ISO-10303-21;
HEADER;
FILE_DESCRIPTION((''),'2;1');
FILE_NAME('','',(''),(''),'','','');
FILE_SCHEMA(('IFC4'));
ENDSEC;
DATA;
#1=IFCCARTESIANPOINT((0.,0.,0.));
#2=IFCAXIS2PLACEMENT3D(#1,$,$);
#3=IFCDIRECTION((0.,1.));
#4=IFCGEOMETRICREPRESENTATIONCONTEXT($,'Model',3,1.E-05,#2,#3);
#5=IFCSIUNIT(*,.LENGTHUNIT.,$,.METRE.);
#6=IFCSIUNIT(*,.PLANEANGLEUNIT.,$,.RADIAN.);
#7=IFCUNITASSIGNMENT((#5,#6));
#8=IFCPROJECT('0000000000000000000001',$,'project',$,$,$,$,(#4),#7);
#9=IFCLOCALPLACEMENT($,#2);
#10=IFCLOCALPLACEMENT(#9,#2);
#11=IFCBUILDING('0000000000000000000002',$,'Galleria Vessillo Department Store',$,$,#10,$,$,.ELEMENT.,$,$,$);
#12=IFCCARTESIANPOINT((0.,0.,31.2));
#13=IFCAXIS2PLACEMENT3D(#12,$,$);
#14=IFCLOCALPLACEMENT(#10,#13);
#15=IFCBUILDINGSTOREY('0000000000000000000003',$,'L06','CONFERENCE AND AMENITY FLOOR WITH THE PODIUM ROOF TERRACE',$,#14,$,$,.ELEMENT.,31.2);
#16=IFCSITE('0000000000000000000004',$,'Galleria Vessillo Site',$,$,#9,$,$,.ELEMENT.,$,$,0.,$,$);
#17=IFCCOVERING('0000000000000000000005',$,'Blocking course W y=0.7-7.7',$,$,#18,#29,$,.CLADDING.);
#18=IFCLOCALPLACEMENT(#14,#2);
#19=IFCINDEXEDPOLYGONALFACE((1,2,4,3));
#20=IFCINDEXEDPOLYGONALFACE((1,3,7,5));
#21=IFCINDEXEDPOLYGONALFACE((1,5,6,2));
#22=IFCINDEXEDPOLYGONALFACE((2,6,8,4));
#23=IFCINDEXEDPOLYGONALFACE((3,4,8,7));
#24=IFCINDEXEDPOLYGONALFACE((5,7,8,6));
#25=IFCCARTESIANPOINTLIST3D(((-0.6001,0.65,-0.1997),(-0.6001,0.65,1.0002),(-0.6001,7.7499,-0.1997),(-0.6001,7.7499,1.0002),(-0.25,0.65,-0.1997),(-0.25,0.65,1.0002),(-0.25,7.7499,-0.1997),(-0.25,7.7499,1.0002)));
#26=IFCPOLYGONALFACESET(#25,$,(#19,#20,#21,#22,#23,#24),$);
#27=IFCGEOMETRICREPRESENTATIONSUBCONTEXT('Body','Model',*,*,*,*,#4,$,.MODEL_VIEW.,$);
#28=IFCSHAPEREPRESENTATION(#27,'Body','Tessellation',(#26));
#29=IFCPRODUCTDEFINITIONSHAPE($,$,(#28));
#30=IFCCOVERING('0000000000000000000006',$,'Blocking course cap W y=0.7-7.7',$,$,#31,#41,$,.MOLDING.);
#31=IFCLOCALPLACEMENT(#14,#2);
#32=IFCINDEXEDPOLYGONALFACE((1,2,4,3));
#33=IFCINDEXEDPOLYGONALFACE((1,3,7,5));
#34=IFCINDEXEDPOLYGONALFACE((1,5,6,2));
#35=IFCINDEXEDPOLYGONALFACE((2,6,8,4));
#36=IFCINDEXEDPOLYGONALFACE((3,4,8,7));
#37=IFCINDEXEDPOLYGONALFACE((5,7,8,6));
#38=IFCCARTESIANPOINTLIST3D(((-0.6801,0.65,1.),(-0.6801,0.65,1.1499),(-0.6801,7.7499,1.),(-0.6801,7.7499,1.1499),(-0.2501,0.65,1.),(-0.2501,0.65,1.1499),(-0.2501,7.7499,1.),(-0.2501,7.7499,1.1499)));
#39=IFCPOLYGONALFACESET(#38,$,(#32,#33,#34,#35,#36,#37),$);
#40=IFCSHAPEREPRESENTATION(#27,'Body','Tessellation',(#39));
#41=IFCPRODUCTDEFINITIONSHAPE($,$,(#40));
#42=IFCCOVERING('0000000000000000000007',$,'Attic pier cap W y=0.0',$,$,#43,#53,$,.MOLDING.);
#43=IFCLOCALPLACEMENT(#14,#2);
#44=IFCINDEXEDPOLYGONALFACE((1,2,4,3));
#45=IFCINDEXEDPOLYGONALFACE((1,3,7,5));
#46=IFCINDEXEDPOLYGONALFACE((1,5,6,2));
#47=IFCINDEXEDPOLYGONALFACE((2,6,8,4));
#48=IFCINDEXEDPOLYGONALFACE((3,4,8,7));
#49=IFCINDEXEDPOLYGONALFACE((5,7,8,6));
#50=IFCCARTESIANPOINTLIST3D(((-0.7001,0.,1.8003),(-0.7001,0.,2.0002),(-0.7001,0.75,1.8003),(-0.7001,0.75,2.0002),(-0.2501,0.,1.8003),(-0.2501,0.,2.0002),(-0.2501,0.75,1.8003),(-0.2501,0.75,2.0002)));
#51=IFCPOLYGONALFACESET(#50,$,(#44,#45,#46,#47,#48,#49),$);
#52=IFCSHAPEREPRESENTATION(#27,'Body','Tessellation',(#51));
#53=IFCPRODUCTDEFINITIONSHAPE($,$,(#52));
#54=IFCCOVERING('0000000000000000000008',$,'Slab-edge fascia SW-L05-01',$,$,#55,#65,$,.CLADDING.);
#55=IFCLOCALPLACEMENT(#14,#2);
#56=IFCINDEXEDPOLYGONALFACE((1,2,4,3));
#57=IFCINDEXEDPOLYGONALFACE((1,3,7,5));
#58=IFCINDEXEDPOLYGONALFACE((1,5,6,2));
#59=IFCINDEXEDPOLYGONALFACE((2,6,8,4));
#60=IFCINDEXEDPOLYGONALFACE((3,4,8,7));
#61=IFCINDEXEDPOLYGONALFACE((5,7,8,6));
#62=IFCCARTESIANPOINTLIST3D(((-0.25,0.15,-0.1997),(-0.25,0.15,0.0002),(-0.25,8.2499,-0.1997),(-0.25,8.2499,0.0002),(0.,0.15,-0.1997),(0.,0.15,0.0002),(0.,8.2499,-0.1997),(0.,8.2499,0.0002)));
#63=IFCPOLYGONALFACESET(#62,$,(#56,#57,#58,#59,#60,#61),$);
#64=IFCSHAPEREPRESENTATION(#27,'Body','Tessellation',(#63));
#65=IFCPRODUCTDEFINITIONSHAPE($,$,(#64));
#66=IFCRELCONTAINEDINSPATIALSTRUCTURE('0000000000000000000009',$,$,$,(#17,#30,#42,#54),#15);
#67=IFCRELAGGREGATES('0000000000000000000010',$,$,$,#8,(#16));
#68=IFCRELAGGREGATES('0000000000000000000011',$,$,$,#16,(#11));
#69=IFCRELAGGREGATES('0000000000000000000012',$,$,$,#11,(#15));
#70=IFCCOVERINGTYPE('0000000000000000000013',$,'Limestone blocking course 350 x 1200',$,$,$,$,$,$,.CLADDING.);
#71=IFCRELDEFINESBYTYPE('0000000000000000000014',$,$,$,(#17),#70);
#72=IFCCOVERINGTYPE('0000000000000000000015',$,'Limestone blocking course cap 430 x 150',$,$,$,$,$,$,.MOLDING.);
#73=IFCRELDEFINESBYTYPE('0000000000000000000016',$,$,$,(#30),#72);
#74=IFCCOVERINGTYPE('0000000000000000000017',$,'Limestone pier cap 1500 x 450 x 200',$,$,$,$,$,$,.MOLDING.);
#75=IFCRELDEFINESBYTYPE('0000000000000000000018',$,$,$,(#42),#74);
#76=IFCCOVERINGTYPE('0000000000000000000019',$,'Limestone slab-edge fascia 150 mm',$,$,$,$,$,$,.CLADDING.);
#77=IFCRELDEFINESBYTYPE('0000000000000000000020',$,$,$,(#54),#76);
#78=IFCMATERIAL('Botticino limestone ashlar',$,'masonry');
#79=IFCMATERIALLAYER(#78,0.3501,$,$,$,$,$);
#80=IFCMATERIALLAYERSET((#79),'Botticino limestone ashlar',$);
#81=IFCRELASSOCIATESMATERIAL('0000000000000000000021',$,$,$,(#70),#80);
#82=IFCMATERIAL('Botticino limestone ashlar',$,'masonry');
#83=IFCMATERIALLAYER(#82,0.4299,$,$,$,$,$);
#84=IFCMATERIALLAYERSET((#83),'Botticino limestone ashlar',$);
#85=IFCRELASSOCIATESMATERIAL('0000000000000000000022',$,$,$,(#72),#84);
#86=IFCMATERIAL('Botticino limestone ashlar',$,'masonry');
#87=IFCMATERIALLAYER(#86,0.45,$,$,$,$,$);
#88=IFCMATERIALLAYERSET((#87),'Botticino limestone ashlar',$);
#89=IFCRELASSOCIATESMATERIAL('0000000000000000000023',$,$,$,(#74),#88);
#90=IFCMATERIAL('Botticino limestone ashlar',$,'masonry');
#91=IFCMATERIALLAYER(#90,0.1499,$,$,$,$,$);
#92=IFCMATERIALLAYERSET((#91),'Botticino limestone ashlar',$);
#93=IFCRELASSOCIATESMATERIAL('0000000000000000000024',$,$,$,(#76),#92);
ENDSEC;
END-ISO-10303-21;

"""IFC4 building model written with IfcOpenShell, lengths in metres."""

from ifc_helpers import new_model, si_unit, direction, frame, origin, origin_2d, place, context, subcontext, project, spatial, rectangle, extrude, material, layer, layer_set, type_object, element, save


model = new_model("IFC4")

# Units and contexts
model_context = context("Model", 3, precision=1e-05, world=origin(), true_north=direction((0.0, 1.0)))
body_context = subcontext(model_context, "Body", "Model", "MODEL_VIEW")
ifc_project = project(units=[si_unit("LENGTHUNIT", "METRE"), si_unit("PLANEANGLEUNIT", "RADIAN")], contexts=[model_context])

# Site, building, storey
site_placement = place(None, origin())
site = spatial("IfcSite", under=ifc_project, at=site_placement, Name="Galleria Vessillo Site", CompositionType="ELEMENT", RefElevation=0.0)
building_placement = place(site_placement, origin())
building = spatial("IfcBuilding", under=site, at=building_placement, Name="Galleria Vessillo Department Store", CompositionType="ELEMENT")
storey_placement = place(building_placement, frame((0.0, 0.0, 31.2)))
storey = spatial("IfcBuildingStorey", under=building, at=storey_placement, Name="L06", Description="CONFERENCE AND AMENITY FLOOR WITH THE PODIUM ROOF TERRACE", CompositionType="ELEMENT", Elevation=31.2)

# Coverings
ifc_material_1 = material(Name="Botticino limestone ashlar", Category="masonry")
ifc_layer_1 = layer(ifc_material_1, 0.3501)
ifc_layer_set_1 = layer_set([ifc_layer_1], Name="Botticino limestone ashlar")
covering_type_1 = type_object("IfcCoveringType", Name="Limestone blocking course 350 x 1200", PredefinedType="CLADDING", material=ifc_layer_set_1)
covering_1_placement = place(storey_placement, frame((-0.425, 4.2, -0.1997), z_axis=(0.0, 0.0, 1.0), x_axis=(1.0, 0.0, 0.0)))
element("IfcCovering", 1, at=covering_1_placement, inside=storey, type_object=covering_type_1, Name="Blocking course W y=0.7-7.7", PredefinedType="CLADDING", context=body_context, shape_type="SweptSolid", body=[
    extrude(rectangle(XDim=0.3501, YDim=7.0999, at=origin_2d()), origin(), (0.0, 0.0, 1.0), 1.2),
])
ifc_material_2 = material(Name="Botticino limestone ashlar", Category="masonry")
ifc_layer_2 = layer(ifc_material_2, 0.4299)
ifc_layer_set_2 = layer_set([ifc_layer_2], Name="Botticino limestone ashlar")
covering_type_2 = type_object("IfcCoveringType", Name="Limestone blocking course cap 430 x 150", PredefinedType="MOLDING", material=ifc_layer_set_2)
covering_2_placement = place(storey_placement, frame((-0.4651, 4.2, 1.0), z_axis=(0.0, 0.0, 1.0), x_axis=(1.0, 0.0, 0.0)))
element("IfcCovering", 2, at=covering_2_placement, inside=storey, type_object=covering_type_2, Name="Blocking course cap W y=0.7-7.7", PredefinedType="MOLDING", context=body_context, shape_type="SweptSolid", body=[
    extrude(rectangle(XDim=0.4299, YDim=7.0999, at=origin_2d()), origin(), (0.0, 0.0, 1.0), 0.1499),
])
ifc_material_3 = material(Name="Botticino limestone ashlar", Category="masonry")
ifc_layer_3 = layer(ifc_material_3, 0.45)
ifc_layer_set_3 = layer_set([ifc_layer_3], Name="Botticino limestone ashlar")
covering_type_3 = type_object("IfcCoveringType", Name="Limestone pier cap 1500 x 450 x 200", PredefinedType="MOLDING", material=ifc_layer_set_3)
covering_3_placement = place(storey_placement, frame((-0.4751, 0.375, 1.8003), z_axis=(0.0, 0.0, 1.0), x_axis=(1.0, 0.0, 0.0)))
element("IfcCovering", 3, at=covering_3_placement, inside=storey, type_object=covering_type_3, Name="Attic pier cap W y=0.0", PredefinedType="MOLDING", context=body_context, shape_type="SweptSolid", body=[
    extrude(rectangle(XDim=0.45, YDim=0.75, at=origin_2d()), origin(), (0.0, 0.0, 1.0), 0.2),
])
ifc_material_4 = material(Name="Botticino limestone ashlar", Category="masonry")
ifc_layer_4 = layer(ifc_material_4, 0.1499)
ifc_layer_set_4 = layer_set([ifc_layer_4], Name="Botticino limestone ashlar")
covering_type_4 = type_object("IfcCoveringType", Name="Limestone slab-edge fascia 150 mm", PredefinedType="CLADDING", material=ifc_layer_set_4)
covering_4_placement = place(storey_placement, frame((-0.125, 4.2, -0.1997), z_axis=(0.0, 0.0, 1.0), x_axis=(1.0, 0.0, 0.0)))
element("IfcCovering", 4, at=covering_4_placement, inside=storey, type_object=covering_type_4, Name="Slab-edge fascia SW-L05-01", PredefinedType="CLADDING", context=body_context, shape_type="SweptSolid", body=[
    extrude(rectangle(XDim=0.25, YDim=8.0999, at=origin_2d()), origin(), (0.0, 0.0, 1.0), 0.2),
])

save(model, "model.ifc")
